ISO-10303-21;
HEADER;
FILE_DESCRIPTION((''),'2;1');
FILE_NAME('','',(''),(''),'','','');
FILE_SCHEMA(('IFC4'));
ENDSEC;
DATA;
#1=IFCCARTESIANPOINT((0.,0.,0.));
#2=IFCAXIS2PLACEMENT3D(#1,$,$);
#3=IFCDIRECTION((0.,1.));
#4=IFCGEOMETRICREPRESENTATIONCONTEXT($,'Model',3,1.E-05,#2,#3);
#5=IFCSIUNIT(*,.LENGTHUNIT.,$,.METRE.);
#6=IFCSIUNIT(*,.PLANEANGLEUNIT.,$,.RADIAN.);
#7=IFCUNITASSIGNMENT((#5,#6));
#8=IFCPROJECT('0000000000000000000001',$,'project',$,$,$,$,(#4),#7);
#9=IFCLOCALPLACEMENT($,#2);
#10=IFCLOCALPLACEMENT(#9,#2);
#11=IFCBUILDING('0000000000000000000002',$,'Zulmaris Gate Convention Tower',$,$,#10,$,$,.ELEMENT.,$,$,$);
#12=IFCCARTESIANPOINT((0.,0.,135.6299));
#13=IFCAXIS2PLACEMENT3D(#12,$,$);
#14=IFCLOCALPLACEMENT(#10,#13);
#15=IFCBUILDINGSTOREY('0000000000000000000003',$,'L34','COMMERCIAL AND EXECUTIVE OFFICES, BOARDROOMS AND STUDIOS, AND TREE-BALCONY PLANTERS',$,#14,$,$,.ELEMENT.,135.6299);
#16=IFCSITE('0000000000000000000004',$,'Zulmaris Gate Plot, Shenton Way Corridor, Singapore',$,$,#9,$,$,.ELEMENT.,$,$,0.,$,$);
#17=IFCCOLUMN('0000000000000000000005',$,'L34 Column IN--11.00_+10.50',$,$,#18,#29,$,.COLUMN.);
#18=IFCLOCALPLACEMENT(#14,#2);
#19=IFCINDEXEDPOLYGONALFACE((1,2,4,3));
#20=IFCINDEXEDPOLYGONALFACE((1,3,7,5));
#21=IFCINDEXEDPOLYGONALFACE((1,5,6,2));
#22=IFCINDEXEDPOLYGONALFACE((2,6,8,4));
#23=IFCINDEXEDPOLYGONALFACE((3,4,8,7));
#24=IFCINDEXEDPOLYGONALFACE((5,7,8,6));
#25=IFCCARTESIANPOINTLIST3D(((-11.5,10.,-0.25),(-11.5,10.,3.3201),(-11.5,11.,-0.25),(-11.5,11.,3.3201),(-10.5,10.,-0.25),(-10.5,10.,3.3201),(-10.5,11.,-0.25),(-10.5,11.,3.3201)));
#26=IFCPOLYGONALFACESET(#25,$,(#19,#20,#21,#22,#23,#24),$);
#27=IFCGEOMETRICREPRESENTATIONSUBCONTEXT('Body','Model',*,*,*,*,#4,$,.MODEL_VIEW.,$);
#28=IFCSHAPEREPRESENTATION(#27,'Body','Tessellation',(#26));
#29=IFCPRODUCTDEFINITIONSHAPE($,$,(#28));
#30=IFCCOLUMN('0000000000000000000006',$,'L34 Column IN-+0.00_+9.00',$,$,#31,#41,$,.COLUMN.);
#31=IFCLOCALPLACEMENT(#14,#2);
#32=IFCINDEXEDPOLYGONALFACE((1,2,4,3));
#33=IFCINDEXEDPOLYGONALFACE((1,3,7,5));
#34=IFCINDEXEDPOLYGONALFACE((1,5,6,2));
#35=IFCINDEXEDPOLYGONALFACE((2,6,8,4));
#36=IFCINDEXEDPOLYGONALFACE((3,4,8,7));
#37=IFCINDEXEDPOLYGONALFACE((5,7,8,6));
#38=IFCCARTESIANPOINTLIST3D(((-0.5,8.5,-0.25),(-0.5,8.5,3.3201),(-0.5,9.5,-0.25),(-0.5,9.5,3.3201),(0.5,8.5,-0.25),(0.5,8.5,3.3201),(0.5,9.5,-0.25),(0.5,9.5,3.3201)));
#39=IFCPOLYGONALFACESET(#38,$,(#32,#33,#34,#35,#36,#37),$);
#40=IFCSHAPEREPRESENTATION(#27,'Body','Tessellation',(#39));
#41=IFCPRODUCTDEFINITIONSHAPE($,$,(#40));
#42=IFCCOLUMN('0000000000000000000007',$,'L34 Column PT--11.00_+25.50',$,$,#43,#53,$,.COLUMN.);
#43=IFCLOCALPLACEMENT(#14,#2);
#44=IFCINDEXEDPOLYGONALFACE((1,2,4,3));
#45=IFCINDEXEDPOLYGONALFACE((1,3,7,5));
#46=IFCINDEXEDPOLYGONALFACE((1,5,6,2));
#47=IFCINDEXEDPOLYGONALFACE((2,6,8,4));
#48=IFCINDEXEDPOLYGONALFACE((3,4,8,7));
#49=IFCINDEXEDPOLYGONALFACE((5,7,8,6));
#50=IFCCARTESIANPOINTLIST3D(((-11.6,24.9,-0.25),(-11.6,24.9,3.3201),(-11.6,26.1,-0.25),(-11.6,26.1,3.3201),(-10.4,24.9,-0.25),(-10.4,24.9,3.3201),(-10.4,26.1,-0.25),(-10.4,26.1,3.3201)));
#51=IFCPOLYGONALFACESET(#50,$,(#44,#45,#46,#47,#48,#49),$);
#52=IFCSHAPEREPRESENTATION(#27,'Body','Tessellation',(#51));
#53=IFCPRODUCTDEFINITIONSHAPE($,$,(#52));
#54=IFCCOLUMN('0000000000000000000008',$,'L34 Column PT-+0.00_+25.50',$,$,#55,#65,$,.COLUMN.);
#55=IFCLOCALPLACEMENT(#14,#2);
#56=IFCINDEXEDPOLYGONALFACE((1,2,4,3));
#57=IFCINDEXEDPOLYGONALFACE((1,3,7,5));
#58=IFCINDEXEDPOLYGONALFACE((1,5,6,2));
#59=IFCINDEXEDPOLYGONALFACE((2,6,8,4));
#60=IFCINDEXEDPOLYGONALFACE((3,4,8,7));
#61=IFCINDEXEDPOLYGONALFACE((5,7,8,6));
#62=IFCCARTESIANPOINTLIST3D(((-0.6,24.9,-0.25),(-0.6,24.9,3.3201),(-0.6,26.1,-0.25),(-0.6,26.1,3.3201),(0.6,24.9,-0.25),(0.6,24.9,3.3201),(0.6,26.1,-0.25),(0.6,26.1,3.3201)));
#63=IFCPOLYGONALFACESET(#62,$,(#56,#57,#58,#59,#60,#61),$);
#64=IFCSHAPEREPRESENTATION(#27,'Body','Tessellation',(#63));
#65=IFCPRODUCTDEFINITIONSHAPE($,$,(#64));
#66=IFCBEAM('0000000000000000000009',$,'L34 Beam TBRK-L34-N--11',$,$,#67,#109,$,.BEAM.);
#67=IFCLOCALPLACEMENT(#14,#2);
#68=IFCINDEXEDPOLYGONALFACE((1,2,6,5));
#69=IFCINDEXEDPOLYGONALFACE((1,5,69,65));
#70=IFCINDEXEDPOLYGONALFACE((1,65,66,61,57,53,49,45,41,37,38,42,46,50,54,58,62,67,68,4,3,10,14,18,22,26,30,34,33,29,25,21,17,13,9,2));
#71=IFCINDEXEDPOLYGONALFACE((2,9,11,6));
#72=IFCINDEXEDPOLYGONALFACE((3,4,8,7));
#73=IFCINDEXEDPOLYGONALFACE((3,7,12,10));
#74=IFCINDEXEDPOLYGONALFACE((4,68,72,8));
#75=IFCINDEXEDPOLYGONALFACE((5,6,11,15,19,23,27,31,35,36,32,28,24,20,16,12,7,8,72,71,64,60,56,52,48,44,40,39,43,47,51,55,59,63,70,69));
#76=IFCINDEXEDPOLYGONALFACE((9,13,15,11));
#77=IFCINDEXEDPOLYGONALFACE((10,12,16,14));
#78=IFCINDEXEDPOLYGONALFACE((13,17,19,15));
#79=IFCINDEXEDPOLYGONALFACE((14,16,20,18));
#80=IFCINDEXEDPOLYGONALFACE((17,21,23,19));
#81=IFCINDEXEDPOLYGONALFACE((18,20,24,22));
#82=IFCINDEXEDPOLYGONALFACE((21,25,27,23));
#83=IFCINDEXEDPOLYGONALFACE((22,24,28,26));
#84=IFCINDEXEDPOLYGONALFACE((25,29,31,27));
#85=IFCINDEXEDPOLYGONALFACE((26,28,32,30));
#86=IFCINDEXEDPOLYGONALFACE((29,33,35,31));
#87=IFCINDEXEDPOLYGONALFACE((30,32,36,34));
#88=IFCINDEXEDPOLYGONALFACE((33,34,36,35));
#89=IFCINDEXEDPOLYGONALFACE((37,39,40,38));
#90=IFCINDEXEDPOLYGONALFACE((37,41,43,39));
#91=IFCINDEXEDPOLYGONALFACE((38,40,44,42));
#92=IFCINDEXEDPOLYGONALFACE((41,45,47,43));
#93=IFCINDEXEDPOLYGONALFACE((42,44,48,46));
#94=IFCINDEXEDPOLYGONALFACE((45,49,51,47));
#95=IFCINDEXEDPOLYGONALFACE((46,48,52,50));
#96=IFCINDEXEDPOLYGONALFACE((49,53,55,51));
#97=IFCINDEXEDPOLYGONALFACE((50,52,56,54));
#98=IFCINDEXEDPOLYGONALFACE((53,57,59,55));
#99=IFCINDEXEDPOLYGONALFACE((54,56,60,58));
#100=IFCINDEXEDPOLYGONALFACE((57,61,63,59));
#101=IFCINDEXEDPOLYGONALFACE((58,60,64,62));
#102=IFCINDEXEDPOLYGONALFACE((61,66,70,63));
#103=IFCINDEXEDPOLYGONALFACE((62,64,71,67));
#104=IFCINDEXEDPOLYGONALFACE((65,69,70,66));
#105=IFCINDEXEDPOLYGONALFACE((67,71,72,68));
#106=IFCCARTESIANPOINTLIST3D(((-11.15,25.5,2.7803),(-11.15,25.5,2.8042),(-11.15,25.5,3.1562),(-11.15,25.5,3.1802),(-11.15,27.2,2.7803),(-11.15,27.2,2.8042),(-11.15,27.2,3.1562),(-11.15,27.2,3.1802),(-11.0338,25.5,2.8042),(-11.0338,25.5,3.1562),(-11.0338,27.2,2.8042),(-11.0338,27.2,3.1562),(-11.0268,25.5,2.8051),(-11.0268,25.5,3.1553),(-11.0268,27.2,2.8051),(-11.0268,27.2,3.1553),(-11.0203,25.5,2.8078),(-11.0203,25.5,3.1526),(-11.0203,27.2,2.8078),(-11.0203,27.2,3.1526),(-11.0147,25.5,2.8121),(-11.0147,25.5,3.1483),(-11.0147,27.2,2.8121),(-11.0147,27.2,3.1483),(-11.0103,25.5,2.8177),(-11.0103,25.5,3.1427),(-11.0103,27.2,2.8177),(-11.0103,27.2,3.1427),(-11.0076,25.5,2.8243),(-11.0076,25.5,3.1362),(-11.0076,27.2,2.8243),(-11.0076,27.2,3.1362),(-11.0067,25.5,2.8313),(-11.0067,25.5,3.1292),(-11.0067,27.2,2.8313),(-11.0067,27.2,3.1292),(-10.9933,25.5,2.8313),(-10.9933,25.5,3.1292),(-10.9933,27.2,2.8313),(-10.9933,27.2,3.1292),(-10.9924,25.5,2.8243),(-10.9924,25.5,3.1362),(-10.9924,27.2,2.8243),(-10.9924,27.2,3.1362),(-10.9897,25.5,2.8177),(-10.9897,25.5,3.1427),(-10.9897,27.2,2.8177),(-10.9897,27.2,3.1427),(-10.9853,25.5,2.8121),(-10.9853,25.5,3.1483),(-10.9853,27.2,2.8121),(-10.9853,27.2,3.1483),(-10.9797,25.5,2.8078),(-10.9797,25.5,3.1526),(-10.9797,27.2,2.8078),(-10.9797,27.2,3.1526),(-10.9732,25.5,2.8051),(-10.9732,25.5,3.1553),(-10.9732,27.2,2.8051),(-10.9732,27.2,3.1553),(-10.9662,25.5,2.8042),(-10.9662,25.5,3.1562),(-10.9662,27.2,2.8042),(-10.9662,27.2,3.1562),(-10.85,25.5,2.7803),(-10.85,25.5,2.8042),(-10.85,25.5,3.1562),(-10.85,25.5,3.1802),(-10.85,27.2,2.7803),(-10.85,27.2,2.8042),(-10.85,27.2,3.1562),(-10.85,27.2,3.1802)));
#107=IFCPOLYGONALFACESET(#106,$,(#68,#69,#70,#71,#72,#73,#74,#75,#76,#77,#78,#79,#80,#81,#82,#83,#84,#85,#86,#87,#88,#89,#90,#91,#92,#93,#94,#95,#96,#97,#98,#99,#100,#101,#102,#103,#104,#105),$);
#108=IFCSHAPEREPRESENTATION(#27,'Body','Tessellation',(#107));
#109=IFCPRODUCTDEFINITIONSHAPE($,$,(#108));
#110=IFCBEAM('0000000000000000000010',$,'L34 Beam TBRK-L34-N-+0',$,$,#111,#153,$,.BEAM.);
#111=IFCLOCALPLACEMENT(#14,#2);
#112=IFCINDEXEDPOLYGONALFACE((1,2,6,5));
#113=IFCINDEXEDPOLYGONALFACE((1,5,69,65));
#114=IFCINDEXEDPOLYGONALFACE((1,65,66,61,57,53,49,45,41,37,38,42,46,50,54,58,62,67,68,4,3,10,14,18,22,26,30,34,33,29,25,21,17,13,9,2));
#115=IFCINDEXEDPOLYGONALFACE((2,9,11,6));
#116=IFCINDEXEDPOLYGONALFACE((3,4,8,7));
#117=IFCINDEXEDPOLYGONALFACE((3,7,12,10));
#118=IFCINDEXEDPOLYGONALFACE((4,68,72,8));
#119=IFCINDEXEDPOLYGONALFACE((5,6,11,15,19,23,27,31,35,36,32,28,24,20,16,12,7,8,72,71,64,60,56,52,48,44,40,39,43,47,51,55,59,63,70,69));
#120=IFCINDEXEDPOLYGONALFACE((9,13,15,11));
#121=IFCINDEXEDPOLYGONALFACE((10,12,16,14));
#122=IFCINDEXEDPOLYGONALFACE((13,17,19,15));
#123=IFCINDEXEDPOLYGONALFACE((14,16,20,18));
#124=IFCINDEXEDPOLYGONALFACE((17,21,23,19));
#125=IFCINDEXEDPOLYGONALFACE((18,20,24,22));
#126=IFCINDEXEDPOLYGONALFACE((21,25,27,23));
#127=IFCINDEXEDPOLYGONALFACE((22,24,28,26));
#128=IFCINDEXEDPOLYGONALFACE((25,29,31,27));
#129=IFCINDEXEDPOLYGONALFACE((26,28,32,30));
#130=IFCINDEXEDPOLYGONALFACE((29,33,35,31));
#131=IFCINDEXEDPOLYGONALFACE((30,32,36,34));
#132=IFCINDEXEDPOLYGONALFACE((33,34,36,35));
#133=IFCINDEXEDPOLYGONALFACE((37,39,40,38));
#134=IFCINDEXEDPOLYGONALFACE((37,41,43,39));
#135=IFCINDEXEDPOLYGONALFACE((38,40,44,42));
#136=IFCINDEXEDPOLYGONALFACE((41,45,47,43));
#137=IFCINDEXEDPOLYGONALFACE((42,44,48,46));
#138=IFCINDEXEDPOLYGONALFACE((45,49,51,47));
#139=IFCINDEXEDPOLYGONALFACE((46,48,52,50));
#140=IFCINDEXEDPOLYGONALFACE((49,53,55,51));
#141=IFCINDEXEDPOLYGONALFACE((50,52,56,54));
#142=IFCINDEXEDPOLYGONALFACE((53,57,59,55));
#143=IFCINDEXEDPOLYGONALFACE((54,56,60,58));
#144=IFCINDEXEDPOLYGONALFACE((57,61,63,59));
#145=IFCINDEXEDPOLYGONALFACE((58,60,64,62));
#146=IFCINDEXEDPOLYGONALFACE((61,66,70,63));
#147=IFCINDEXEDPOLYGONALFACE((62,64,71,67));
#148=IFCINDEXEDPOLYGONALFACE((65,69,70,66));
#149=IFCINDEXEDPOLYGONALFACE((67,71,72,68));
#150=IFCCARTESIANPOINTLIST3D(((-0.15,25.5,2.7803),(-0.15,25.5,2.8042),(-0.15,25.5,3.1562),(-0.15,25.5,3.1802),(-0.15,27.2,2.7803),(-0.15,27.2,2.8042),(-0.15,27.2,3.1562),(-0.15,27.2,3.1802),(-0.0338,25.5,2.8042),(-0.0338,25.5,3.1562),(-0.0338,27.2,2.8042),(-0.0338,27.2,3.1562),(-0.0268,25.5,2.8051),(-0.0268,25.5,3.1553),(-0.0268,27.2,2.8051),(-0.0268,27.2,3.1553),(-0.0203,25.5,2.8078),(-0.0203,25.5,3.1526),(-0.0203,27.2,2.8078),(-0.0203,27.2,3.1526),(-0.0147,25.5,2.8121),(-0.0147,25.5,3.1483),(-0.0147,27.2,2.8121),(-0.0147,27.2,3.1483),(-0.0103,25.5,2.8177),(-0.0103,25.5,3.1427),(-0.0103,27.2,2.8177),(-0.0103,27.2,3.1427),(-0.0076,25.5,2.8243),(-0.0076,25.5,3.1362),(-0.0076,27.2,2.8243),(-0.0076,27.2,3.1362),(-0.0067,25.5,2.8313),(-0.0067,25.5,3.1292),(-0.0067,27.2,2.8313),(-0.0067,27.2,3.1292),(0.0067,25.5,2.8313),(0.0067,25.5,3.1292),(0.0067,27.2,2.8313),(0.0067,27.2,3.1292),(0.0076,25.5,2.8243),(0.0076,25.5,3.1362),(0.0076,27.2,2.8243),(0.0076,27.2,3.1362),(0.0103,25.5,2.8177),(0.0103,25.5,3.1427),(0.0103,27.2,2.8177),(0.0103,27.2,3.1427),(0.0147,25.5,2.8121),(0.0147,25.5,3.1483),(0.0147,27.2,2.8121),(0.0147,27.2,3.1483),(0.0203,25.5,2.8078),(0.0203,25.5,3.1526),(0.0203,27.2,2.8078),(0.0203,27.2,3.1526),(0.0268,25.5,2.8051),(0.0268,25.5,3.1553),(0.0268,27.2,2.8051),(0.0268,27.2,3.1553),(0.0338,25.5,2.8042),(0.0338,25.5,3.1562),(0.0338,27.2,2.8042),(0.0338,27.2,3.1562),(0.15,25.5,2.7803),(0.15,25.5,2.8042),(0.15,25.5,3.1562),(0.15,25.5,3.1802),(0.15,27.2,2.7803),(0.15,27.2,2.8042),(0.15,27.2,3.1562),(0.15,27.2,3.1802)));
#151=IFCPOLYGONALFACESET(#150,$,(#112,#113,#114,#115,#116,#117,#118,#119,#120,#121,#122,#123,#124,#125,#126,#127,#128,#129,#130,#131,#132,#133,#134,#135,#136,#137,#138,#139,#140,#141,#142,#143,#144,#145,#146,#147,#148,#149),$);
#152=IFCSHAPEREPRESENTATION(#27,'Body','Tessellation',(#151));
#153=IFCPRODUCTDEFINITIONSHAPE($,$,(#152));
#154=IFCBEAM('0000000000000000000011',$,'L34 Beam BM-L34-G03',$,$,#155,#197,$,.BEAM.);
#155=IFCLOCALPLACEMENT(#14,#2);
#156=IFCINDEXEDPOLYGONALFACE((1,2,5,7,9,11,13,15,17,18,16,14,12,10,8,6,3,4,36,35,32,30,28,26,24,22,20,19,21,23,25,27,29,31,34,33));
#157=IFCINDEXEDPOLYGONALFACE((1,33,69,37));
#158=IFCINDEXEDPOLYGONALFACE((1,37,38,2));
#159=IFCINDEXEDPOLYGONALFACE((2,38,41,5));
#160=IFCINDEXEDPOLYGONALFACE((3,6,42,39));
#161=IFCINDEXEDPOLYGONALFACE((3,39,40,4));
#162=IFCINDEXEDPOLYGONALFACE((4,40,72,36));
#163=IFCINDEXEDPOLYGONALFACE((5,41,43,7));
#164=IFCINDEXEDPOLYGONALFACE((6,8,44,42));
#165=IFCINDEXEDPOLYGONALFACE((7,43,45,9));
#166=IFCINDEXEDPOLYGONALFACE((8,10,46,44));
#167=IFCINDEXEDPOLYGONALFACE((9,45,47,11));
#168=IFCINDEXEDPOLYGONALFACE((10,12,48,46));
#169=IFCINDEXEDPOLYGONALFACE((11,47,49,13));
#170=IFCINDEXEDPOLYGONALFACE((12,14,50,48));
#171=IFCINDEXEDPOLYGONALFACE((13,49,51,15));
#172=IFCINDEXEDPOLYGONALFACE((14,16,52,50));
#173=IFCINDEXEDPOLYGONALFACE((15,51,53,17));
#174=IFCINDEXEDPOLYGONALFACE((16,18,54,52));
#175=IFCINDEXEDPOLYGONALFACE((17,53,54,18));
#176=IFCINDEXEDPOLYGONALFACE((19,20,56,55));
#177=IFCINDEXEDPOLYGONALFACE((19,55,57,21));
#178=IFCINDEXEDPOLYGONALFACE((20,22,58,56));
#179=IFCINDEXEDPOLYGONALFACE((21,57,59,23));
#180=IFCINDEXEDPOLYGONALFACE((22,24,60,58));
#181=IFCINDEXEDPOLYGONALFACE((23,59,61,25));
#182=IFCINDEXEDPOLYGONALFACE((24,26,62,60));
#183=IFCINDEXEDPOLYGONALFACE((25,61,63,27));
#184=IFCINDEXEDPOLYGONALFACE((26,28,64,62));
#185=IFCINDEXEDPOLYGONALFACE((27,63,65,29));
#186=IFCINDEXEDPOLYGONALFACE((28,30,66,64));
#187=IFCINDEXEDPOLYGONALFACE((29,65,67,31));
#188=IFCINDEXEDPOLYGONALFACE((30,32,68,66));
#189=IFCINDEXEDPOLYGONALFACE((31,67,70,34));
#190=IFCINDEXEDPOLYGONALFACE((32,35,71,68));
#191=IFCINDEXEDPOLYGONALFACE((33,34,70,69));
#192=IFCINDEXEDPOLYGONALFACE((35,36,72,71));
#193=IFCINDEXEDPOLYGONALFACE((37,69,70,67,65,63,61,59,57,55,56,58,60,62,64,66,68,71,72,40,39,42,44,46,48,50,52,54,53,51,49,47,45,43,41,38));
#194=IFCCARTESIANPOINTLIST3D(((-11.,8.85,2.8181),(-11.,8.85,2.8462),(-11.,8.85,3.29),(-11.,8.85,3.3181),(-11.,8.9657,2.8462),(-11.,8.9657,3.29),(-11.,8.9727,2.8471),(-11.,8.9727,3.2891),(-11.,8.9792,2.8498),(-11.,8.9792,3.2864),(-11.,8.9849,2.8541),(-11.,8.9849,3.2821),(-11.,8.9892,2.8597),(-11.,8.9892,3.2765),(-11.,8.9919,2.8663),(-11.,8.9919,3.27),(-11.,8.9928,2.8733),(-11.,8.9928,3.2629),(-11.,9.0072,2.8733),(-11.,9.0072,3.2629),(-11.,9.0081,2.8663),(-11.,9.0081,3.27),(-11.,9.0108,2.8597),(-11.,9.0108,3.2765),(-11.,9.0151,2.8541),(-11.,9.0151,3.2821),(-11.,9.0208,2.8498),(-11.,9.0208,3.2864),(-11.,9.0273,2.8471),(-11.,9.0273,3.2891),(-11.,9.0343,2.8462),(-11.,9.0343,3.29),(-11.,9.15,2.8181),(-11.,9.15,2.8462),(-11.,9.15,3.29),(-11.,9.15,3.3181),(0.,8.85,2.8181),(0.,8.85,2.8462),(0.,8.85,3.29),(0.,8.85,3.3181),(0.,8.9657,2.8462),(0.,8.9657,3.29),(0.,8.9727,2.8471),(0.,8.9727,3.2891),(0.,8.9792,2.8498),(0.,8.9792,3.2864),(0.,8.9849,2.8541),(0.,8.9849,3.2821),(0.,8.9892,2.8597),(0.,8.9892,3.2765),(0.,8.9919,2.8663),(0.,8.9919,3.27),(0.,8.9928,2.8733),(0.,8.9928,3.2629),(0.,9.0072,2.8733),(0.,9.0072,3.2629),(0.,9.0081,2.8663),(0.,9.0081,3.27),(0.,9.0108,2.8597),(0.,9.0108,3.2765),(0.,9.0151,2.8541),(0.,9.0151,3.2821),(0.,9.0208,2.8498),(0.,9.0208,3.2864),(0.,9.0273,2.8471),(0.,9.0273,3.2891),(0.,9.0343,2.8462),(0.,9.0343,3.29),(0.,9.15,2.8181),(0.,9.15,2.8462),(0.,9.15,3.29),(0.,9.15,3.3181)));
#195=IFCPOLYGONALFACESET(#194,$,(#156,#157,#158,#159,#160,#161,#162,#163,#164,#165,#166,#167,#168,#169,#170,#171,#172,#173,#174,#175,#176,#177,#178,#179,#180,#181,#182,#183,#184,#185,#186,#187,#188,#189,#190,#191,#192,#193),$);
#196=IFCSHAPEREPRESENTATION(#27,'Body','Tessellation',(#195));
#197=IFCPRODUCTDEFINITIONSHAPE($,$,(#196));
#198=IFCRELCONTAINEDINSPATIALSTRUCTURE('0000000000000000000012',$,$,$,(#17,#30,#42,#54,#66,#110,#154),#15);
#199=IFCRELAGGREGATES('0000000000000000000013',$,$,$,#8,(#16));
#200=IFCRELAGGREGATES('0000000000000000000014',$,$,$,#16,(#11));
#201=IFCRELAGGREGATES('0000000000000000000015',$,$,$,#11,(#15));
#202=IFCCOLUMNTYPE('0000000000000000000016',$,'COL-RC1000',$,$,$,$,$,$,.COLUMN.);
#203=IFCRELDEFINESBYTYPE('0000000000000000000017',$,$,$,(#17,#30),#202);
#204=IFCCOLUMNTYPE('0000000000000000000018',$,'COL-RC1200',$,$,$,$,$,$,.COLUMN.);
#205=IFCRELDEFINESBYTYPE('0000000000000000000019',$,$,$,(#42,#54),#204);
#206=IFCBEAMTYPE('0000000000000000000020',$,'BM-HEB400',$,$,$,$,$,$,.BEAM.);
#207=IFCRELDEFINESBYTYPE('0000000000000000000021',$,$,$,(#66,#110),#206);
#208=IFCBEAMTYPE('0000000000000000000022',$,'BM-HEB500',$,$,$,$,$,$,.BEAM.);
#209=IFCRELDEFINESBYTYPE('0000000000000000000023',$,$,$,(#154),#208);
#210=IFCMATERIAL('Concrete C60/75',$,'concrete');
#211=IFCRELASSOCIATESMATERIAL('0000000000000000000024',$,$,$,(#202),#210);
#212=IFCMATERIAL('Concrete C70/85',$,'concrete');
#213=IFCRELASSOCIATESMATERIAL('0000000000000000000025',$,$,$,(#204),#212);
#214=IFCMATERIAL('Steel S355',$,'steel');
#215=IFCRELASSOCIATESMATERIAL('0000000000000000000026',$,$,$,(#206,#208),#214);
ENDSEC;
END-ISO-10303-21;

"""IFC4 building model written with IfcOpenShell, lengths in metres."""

from ifc_helpers import new_model, si_unit, direction, frame, origin, origin_2d, place, context, subcontext, project, spatial, rectangle, i_section, extrude, material, material_profile, profile_set, type_object, element, save


model = new_model("IFC4")

# Units and contexts
model_context = context("Model", 3, precision=1e-05, world=origin(), true_north=direction((0.0, 1.0)))
body_context = subcontext(model_context, "Body", "Model", "MODEL_VIEW")
ifc_project = project(units=[si_unit("LENGTHUNIT", "METRE"), si_unit("PLANEANGLEUNIT", "RADIAN")], contexts=[model_context])

# Site, building, storey
site_placement = place(None, origin())
site = spatial("IfcSite", under=ifc_project, at=site_placement, Name="Zulmaris Gate Plot, Shenton Way Corridor, Singapore", CompositionType="ELEMENT", RefElevation=0.0)
building_placement = place(site_placement, origin())
building = spatial("IfcBuilding", under=site, at=building_placement, Name="Zulmaris Gate Convention Tower", CompositionType="ELEMENT")
storey_placement = place(building_placement, frame((0.0, 0.0, 135.6299)))
storey = spatial("IfcBuildingStorey", under=building, at=storey_placement, Name="L34", Description="COMMERCIAL AND EXECUTIVE OFFICES, BOARDROOMS AND STUDIOS, AND TREE-BALCONY PLANTERS", CompositionType="ELEMENT", Elevation=135.6299)

# Columns
ifc_material_1 = material(Name="Concrete C60/75", Category="concrete")
ifc_material_profile_1 = material_profile(ifc_material_1, rectangle(XDim=1.0, YDim=1.0, at=origin_2d()), Name="RC COL 1000x1000")
ifc_profile_set_1 = profile_set([ifc_material_profile_1], Name="Concrete C60/75")
column_type_1 = type_object("IfcColumnType", Name="COL-RC1000", PredefinedType="COLUMN", material=ifc_profile_set_1)
for number, where, z_axis, x_axis, name in (
    (1, (-11.0, 10.5, -0.25), (0.0, 0.0, 1.0), (1.0, 0.0, 0.0), "L34 Column IN--11.00_+10.50"),
    (2, (0.0, 9.0, -0.25), (0.0, 0.0, 1.0), (1.0, 0.0, 0.0), "L34 Column IN-+0.00_+9.00"),
):
    element("IfcColumn", number, at=place(storey_placement, frame(where, z_axis=z_axis, x_axis=x_axis)), inside=storey, type_object=column_type_1, Name=name, PredefinedType="COLUMN", context=body_context, shape_type="SweptSolid", body=[
        extrude(rectangle(XDim=1.0, YDim=1.0, at=origin_2d()), origin(), (0.0, 0.0, 1.0), 3.5701),
    ])
ifc_material_2 = material(Name="Concrete C70/85", Category="concrete")
ifc_material_profile_2 = material_profile(ifc_material_2, rectangle(XDim=1.2, YDim=1.2, at=origin_2d()), Name="RC COL 1200x1200")
ifc_profile_set_2 = profile_set([ifc_material_profile_2], Name="Concrete C70/85")
column_type_2 = type_object("IfcColumnType", Name="COL-RC1200", PredefinedType="COLUMN", material=ifc_profile_set_2)
for number, where, z_axis, x_axis, name in (
    (3, (-11.0, 25.5, -0.25), (0.0, 0.0, 1.0), (1.0, 0.0, 0.0), "L34 Column PT--11.00_+25.50"),
    (4, (0.0, 25.5, -0.25), (0.0, 0.0, 1.0), (1.0, 0.0, 0.0), "L34 Column PT-+0.00_+25.50"),
):
    element("IfcColumn", number, at=place(storey_placement, frame(where, z_axis=z_axis, x_axis=x_axis)), inside=storey, type_object=column_type_2, Name=name, PredefinedType="COLUMN", context=body_context, shape_type="SweptSolid", body=[
        extrude(rectangle(XDim=1.2, YDim=1.2, at=origin_2d()), origin(), (0.0, 0.0, 1.0), 3.5701),
    ])

# Beams
ifc_material_3 = material(Name="Steel S355", Category="steel")
ifc_material_profile_3 = material_profile(ifc_material_3, i_section(OverallWidth=0.3, OverallDepth=0.3999, WebThickness=0.0134, FlangeThickness=0.0239, FilletRadius=0.0271, at=origin_2d()), Name="HEB 400")
ifc_profile_set_3 = profile_set([ifc_material_profile_3], Name="Steel S355")
beam_type_1 = type_object("IfcBeamType", Name="BM-HEB400", PredefinedType="BEAM", material=ifc_profile_set_3)
for number, where, z_axis, x_axis, name in (
    (5, (-11.0, 25.5, 2.9802), (0.0, 1.0, 0.0), (-1.0, 0.0, 0.0), "L34 Beam TBRK-L34-N--11"),
    (6, (0.0, 25.5, 2.9802), (0.0, 1.0, 0.0), (-1.0, 0.0, 0.0), "L34 Beam TBRK-L34-N-+0"),
):
    element("IfcBeam", number, at=place(storey_placement, frame(where, z_axis=z_axis, x_axis=x_axis)), inside=storey, type_object=beam_type_1, Name=name, PredefinedType="BEAM", context=body_context, shape_type="SweptSolid", body=[
        extrude(i_section(OverallWidth=0.3, OverallDepth=0.3999, WebThickness=0.0134, FlangeThickness=0.0239, FilletRadius=0.0271, at=origin_2d()), origin(), (0.0, 0.0, 1.0), 1.7),
    ])
ifc_material_profile_4 = material_profile(ifc_material_3, i_section(OverallWidth=0.3, OverallDepth=0.5, WebThickness=0.0144, FlangeThickness=0.0281, FilletRadius=0.0271, at=origin_2d()), Name="HEB 500")
ifc_profile_set_4 = profile_set([ifc_material_profile_4], Name="Steel S355")
beam_type_2 = type_object("IfcBeamType", Name="BM-HEB500", PredefinedType="BEAM", material=ifc_profile_set_4)
for number, where, z_axis, x_axis, name in (
    (7, (-11.0, 9.0, 3.0681), (1.0, 0.0, 0.0), (0.0, 1.0, 0.0), "L34 Beam BM-L34-G03"),
):
    element("IfcBeam", number, at=place(storey_placement, frame(where, z_axis=z_axis, x_axis=x_axis)), inside=storey, type_object=beam_type_2, Name=name, PredefinedType="BEAM", context=body_context, shape_type="SweptSolid", body=[
        extrude(i_section(OverallWidth=0.3, OverallDepth=0.5, WebThickness=0.0144, FlangeThickness=0.0281, FilletRadius=0.0271, at=origin_2d()), origin(), (0.0, 0.0, 1.0), 11.0),
    ])

save(model, "model.ifc")
